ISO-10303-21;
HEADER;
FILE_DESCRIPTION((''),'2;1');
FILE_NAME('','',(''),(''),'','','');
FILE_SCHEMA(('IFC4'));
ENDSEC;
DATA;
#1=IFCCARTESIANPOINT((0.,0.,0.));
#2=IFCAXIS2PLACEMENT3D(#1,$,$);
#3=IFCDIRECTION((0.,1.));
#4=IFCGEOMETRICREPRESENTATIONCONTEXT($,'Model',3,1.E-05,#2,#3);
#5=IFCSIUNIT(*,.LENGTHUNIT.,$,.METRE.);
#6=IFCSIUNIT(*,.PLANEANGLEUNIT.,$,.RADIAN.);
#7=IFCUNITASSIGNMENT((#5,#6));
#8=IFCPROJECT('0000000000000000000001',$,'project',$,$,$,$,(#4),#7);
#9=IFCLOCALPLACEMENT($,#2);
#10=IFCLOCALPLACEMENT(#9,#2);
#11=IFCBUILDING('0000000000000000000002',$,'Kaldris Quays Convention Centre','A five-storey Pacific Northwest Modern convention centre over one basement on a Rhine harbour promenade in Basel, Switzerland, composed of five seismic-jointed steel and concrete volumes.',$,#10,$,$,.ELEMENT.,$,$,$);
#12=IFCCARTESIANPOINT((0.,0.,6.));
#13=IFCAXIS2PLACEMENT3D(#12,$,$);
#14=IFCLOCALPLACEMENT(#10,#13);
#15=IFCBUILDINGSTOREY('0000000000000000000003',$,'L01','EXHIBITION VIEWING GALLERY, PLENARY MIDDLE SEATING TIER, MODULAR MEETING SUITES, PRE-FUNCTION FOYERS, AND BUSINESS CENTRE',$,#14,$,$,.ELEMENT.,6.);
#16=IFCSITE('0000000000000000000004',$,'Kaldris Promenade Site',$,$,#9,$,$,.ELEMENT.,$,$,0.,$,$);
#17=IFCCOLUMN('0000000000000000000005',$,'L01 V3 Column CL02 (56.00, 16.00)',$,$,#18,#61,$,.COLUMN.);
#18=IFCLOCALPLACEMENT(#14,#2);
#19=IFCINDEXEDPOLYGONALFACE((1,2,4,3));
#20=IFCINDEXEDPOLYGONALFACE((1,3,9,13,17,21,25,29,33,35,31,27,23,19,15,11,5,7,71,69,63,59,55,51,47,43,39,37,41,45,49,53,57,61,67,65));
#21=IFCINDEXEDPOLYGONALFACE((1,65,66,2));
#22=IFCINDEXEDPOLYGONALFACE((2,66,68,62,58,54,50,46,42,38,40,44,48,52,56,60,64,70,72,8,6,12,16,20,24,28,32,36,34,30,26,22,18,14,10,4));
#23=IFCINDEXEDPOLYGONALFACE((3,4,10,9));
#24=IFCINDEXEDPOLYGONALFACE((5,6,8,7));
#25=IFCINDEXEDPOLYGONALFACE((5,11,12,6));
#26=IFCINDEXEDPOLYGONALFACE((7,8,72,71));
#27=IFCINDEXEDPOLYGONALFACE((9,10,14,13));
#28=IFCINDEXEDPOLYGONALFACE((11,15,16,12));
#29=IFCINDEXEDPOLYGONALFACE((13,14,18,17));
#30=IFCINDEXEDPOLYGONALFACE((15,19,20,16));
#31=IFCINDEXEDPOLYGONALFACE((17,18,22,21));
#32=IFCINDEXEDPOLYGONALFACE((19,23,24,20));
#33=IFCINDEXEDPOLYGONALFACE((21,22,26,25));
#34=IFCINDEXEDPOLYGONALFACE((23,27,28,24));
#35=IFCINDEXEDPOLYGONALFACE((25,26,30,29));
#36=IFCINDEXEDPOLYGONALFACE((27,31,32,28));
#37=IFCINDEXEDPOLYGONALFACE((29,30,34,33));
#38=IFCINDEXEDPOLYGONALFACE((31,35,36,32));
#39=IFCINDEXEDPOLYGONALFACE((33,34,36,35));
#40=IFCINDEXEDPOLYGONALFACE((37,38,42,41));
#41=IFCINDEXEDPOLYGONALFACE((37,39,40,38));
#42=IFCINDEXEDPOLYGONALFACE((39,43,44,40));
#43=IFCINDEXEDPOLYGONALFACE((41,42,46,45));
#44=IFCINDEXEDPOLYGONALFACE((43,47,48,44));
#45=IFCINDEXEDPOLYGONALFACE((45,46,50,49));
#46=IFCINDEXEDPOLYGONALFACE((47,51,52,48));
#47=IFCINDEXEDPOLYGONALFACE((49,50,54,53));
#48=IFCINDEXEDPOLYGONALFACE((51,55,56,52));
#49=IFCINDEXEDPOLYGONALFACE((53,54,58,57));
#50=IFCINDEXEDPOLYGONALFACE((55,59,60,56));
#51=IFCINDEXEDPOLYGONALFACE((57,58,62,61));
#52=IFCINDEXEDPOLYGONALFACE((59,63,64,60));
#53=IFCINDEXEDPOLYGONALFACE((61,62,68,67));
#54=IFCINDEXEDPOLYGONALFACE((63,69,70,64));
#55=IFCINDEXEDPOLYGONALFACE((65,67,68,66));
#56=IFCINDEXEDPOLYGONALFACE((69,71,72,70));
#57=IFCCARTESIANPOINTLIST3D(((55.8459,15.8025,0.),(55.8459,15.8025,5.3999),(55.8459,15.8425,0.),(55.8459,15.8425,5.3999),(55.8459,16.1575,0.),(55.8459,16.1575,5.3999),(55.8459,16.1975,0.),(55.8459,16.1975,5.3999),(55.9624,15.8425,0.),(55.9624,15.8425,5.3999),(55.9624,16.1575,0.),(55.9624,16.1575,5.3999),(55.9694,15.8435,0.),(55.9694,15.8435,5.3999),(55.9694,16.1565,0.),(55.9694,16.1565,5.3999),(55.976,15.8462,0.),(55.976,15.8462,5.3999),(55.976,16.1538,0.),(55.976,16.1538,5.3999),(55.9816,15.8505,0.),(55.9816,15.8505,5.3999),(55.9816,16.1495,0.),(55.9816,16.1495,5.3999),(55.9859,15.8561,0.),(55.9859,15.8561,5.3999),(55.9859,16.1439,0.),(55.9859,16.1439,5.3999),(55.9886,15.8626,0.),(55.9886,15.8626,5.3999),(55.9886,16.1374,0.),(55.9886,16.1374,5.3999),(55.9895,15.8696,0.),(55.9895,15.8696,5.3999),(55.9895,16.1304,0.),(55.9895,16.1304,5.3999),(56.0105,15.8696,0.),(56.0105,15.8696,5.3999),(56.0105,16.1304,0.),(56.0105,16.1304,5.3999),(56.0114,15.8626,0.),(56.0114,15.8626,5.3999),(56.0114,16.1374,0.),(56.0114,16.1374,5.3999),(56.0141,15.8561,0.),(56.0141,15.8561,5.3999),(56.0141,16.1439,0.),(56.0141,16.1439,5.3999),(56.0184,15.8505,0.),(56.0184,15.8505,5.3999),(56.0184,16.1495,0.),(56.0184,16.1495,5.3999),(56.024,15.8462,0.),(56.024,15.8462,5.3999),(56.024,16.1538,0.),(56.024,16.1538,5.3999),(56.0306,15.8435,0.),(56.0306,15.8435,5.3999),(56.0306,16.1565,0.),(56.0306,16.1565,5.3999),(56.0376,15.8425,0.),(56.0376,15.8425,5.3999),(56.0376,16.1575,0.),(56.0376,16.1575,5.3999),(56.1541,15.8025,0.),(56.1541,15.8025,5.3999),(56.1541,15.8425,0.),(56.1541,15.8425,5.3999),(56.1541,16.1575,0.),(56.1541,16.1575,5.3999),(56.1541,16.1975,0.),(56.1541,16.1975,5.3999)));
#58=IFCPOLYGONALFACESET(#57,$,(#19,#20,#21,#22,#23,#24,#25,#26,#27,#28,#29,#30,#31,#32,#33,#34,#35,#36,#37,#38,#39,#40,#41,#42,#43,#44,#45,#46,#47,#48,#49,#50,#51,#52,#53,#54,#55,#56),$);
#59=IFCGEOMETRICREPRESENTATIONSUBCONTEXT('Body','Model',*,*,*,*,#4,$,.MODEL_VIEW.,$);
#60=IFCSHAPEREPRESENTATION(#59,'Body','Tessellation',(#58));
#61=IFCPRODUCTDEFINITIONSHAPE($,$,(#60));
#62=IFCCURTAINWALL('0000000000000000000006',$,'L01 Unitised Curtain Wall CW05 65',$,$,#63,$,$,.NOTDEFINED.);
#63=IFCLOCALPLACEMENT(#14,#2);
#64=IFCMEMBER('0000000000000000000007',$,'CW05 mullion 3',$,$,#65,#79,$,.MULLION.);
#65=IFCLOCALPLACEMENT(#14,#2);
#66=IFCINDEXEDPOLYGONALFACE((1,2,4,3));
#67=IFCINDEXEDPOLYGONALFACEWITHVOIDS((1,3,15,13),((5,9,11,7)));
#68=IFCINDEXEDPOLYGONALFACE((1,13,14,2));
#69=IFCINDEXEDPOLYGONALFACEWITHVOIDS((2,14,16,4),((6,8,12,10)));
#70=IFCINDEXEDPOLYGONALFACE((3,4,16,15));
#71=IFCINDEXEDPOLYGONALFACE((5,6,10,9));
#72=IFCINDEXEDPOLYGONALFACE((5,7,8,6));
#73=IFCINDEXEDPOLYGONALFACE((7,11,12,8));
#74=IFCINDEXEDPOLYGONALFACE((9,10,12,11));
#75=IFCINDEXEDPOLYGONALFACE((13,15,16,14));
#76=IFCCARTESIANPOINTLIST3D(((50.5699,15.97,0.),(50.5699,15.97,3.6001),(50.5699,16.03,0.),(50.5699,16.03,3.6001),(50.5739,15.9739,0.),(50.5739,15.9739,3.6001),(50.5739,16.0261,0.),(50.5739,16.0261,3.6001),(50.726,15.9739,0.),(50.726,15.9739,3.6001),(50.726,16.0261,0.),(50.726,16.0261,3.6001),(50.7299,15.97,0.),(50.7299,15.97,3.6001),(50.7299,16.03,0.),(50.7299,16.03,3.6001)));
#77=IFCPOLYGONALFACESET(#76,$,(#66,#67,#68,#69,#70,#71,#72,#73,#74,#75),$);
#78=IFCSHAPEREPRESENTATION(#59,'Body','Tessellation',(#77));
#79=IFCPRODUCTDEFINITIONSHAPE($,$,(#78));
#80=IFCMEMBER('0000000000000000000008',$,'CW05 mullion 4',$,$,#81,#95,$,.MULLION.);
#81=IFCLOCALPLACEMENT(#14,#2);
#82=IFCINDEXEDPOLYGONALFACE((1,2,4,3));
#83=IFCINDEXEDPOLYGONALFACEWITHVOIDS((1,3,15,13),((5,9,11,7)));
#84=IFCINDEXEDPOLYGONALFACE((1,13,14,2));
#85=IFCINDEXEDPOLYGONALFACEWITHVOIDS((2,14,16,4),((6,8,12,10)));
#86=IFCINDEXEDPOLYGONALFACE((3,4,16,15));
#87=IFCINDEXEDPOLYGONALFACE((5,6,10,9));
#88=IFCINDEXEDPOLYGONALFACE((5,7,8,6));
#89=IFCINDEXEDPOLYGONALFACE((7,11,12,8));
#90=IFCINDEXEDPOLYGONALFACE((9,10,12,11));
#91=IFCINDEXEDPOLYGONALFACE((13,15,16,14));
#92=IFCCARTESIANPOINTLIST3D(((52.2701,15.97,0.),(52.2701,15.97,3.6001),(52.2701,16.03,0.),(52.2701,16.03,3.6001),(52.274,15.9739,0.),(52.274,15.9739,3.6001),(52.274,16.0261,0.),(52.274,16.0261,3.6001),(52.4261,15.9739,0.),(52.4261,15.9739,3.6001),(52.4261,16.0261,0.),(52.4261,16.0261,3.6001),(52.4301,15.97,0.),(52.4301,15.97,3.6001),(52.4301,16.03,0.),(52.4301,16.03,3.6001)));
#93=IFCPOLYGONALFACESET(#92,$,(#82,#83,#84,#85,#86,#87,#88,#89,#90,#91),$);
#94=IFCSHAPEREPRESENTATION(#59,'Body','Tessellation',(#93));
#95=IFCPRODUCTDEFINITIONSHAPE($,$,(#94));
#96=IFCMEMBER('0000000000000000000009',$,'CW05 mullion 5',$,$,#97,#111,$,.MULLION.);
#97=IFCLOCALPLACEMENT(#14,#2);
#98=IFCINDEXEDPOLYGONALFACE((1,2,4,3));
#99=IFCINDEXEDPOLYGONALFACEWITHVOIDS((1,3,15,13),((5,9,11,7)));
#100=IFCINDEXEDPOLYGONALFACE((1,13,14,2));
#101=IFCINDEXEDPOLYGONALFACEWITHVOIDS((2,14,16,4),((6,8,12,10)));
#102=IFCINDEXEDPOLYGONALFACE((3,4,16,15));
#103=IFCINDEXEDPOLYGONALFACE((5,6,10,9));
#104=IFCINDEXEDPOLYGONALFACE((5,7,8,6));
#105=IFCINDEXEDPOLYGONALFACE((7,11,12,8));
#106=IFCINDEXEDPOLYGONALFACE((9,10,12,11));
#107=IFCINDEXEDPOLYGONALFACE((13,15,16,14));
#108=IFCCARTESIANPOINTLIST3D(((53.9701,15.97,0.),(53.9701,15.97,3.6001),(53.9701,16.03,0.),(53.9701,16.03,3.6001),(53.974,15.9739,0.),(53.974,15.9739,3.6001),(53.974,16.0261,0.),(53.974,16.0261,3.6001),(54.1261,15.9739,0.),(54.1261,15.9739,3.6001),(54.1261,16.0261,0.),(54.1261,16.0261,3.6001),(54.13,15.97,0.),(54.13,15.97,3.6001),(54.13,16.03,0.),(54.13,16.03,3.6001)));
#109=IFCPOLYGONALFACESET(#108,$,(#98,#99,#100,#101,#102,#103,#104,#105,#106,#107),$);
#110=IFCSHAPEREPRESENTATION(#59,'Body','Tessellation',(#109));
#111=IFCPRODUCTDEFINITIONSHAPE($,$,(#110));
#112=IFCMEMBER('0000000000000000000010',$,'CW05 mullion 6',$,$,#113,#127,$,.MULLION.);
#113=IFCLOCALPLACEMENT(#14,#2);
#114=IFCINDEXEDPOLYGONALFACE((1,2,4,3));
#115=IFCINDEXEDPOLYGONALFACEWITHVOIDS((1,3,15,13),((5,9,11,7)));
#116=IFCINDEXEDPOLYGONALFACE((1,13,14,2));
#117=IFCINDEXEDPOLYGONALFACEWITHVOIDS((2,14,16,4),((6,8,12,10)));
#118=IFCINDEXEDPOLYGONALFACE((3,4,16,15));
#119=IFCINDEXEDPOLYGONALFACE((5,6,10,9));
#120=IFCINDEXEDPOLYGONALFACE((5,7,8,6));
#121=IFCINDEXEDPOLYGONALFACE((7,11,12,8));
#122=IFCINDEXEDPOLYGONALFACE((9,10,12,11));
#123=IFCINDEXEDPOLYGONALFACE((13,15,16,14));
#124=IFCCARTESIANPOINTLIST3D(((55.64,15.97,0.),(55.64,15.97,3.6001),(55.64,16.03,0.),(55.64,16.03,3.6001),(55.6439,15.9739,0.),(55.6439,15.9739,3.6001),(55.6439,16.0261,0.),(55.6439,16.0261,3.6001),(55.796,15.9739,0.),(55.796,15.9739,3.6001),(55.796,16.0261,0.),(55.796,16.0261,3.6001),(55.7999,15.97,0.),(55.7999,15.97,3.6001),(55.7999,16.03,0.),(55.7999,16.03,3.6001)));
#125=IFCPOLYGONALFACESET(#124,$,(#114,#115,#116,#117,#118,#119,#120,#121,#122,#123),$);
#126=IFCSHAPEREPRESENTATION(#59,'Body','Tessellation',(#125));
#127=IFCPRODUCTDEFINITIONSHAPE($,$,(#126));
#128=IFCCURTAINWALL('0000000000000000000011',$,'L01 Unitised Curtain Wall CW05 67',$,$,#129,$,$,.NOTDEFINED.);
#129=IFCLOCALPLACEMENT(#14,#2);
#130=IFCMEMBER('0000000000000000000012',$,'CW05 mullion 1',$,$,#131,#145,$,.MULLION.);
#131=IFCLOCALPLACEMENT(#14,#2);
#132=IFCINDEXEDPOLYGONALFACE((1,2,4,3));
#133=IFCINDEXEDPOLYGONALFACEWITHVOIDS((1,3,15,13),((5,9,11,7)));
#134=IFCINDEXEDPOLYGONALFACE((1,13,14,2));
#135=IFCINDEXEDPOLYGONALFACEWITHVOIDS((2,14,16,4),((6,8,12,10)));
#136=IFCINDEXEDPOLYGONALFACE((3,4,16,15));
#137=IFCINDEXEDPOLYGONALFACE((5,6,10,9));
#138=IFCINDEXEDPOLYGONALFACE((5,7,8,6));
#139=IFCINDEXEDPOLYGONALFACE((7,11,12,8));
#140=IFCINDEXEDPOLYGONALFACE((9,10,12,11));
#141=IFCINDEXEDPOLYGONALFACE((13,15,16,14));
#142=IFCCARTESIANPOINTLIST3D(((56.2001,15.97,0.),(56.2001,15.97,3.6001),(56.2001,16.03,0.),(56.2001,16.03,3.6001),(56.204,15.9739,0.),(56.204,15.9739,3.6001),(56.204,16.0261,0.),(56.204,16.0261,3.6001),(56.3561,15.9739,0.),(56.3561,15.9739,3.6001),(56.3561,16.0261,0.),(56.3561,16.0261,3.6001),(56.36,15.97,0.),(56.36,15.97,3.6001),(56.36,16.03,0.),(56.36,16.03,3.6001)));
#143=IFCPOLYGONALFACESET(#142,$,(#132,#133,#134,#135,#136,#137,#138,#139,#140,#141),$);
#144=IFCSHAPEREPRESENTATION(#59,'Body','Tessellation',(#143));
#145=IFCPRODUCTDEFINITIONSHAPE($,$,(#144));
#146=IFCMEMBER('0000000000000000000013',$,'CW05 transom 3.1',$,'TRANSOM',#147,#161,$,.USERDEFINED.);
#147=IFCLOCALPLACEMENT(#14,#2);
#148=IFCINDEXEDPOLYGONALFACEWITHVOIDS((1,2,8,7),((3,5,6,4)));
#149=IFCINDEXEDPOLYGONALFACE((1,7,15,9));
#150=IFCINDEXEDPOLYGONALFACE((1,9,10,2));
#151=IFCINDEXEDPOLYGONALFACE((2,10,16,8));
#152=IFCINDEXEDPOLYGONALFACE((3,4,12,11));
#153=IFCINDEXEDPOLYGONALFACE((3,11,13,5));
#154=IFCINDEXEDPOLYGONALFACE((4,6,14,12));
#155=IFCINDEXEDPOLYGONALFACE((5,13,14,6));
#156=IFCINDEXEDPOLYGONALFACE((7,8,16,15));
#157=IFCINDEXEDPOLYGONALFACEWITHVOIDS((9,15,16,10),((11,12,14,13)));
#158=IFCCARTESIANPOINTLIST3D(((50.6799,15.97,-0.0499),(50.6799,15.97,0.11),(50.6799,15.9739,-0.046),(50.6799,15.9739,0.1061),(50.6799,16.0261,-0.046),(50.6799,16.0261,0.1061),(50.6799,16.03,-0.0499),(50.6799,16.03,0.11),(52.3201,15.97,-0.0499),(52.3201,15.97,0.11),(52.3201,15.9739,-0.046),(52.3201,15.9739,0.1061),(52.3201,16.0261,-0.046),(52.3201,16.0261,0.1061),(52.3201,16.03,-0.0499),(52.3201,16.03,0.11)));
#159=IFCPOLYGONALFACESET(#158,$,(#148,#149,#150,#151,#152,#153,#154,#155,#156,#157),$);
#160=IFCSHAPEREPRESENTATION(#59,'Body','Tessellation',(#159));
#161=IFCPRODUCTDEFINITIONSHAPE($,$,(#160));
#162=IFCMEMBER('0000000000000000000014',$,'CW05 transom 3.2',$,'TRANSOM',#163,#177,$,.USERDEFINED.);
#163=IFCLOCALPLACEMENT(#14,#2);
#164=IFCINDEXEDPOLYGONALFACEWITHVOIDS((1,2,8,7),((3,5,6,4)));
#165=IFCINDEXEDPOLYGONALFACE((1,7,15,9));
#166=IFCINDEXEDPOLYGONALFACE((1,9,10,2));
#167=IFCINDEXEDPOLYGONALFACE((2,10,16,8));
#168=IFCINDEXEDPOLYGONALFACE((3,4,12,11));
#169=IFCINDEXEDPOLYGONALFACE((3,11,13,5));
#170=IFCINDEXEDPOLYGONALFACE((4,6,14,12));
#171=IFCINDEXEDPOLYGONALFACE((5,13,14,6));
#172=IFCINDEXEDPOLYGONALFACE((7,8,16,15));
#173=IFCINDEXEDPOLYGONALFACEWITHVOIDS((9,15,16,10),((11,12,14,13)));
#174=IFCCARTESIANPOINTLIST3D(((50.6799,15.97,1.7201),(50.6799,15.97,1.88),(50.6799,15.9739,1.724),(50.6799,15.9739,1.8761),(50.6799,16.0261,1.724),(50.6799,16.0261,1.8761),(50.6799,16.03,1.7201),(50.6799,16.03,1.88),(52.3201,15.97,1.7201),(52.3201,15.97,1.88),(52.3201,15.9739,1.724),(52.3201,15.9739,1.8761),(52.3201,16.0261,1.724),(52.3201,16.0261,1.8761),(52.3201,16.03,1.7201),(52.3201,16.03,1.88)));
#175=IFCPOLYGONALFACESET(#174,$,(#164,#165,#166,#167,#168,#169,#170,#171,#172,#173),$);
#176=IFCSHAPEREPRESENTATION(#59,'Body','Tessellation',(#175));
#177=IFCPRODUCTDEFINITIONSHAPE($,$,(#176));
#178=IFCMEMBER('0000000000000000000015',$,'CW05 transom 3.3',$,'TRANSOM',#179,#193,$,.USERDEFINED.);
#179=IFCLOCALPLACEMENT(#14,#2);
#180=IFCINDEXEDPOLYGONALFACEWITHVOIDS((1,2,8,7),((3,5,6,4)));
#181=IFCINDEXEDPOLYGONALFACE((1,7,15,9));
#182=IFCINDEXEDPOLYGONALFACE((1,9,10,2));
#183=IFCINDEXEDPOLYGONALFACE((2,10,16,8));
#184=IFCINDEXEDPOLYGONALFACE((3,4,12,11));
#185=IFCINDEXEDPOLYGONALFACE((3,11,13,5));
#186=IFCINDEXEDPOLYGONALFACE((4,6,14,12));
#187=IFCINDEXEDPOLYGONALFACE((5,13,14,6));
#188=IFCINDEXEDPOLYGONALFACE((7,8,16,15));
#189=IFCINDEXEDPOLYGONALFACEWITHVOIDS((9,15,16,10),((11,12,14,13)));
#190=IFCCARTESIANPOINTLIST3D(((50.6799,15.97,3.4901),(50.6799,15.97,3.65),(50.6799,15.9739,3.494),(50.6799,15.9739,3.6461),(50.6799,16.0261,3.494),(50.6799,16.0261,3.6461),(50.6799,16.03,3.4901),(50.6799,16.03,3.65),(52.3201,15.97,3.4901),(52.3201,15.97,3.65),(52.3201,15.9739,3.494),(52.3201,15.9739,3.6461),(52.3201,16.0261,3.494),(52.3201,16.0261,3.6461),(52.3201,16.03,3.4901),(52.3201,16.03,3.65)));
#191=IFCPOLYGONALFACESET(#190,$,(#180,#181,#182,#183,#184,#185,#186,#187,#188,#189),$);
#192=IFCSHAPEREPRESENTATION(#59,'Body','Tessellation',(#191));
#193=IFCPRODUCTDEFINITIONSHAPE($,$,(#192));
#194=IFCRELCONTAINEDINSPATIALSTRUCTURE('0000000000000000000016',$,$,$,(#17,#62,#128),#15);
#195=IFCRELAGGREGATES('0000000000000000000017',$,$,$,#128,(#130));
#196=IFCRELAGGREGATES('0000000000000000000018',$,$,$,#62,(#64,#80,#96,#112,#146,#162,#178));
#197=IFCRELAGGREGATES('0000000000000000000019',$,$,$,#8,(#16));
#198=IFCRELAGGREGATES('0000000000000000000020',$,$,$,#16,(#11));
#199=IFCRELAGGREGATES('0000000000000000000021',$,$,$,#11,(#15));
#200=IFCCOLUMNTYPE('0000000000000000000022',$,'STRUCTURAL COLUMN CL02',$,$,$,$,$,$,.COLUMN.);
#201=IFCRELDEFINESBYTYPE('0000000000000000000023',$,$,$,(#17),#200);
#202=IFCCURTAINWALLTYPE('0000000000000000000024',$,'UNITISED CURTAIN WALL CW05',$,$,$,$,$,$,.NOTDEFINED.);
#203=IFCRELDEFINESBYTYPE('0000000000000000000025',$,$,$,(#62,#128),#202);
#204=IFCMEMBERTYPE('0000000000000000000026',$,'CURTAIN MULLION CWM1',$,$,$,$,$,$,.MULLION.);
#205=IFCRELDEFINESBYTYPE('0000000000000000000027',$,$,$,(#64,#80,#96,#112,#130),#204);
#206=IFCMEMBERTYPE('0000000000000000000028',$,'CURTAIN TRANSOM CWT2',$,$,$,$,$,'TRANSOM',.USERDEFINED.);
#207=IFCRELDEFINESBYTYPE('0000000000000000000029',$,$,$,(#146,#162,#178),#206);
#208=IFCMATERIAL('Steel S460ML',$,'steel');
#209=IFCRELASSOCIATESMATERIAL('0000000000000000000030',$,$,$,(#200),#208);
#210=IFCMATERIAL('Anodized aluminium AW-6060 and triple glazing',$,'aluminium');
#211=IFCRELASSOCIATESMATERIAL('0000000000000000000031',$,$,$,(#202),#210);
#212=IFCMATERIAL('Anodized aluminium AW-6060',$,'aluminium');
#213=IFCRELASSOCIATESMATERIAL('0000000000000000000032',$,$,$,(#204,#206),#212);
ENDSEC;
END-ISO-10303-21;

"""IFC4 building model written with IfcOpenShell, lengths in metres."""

from ifc_helpers import new_model, si_unit, direction, frame, origin, origin_2d, place, context, subcontext, project, spatial, hollow_rectangle, i_section, extrude, material, material_profile, profile_set, type_object, element, aggregate, save


model = new_model("IFC4")

# Units and contexts
model_context = context("Model", 3, precision=1e-05, world=origin(), true_north=direction((0.0, 1.0)))
body_context = subcontext(model_context, "Body", "Model", "MODEL_VIEW")
ifc_project = project(units=[si_unit("LENGTHUNIT", "METRE"), si_unit("PLANEANGLEUNIT", "RADIAN")], contexts=[model_context])

# Site, building, storey
site_placement = place(None, origin())
site = spatial("IfcSite", under=ifc_project, at=site_placement, Name="Kaldris Promenade Site", CompositionType="ELEMENT", RefElevation=0.0)
building_placement = place(site_placement, origin())
building = spatial("IfcBuilding", under=site, at=building_placement, Name="Kaldris Quays Convention Centre", Description="A five-storey Pacific Northwest Modern convention centre over one basement on a Rhine harbour promenade in Basel, Switzerland, composed of five seismic-jointed steel and concrete volumes.", CompositionType="ELEMENT")
storey_placement = place(building_placement, frame((0.0, 0.0, 6.0)))
storey = spatial("IfcBuildingStorey", under=building, at=storey_placement, Name="L01", Description="EXHIBITION VIEWING GALLERY, PLENARY MIDDLE SEATING TIER, MODULAR MEETING SUITES, PRE-FUNCTION FOYERS, AND BUSINESS CENTRE", CompositionType="ELEMENT", Elevation=6.0)

# Column
ifc_material_1 = material(Name="Steel S460ML", Category="steel")
ifc_material_profile_1 = material_profile(ifc_material_1, i_section(OverallWidth=0.3081, OverallDepth=0.395, WebThickness=0.021, FlangeThickness=0.04, FilletRadius=0.0271, at=origin_2d()), Name="HEM 360")
ifc_profile_set_1 = profile_set([ifc_material_profile_1], Name="Steel S460ML")
column_type = type_object("IfcColumnType", Name="STRUCTURAL COLUMN CL02", PredefinedType="COLUMN", material=ifc_profile_set_1)
column_placement = place(storey_placement, frame((56.0, 16.0, 0.0), z_axis=(0.0, 0.0, 1.0), x_axis=(1.0, 0.0, 0.0)))
element("IfcColumn", 1, at=column_placement, inside=storey, type_object=column_type, Name="L01 V3 Column CL02 (56.00, 16.00)", PredefinedType="COLUMN", context=body_context, shape_type="SweptSolid", body=[
    extrude(i_section(OverallWidth=0.3081, OverallDepth=0.395, WebThickness=0.021, FlangeThickness=0.04, FilletRadius=0.0271, at=origin_2d()), origin(), (0.0, 0.0, 1.0), 5.3999),
])

# Curtain wall, members
ifc_material_2 = material(Name="Anodized aluminium AW-6060 and triple glazing", Category="aluminium")
curtain_wall_type = type_object("IfcCurtainWallType", Name="UNITISED CURTAIN WALL CW05", PredefinedType="NOTDEFINED", material=ifc_material_2)
curtain_wall_1_placement = place(storey_placement, origin())
curtain_wall_1 = element("IfcCurtainWall", 2, at=curtain_wall_1_placement, inside=storey, type_object=curtain_wall_type, Name="L01 Unitised Curtain Wall CW05 65", PredefinedType="NOTDEFINED")
ifc_material_3 = material(Name="Anodized aluminium AW-6060", Category="aluminium")
ifc_material_profile_2 = material_profile(ifc_material_3, hollow_rectangle(XDim=0.0601, YDim=0.1599, WallThickness=0.0039, at=origin_2d()), Name="RHS 160x60x4")
ifc_profile_set_2 = profile_set([ifc_material_profile_2], Name="Anodized aluminium AW-6060")
member_type_1 = type_object("IfcMemberType", Name="CURTAIN MULLION CWM1", PredefinedType="MULLION", material=ifc_profile_set_2)
member_1_placement = place(storey_placement, frame((50.6499, 16.0, 0.0), z_axis=(0.0, 0.0, 1.0), x_axis=(0.0, 1.0, 0.0)))
member_1 = element("IfcMember", 3, at=member_1_placement, type_object=member_type_1, Name="CW05 mullion 3", PredefinedType="MULLION", context=body_context, shape_type="SweptSolid", body=[
    extrude(hollow_rectangle(XDim=0.0601, YDim=0.1599, WallThickness=0.0039, at=origin_2d()), origin(), (0.0, 0.0, 1.0), 3.6001),
])
member_2_placement = place(storey_placement, frame((52.3501, 16.0, 0.0), z_axis=(0.0, 0.0, 1.0), x_axis=(0.0, 1.0, 0.0)))
member_2 = element("IfcMember", 4, at=member_2_placement, type_object=member_type_1, Name="CW05 mullion 4", PredefinedType="MULLION", context=body_context, shape_type="SweptSolid", body=[
    extrude(hollow_rectangle(XDim=0.0601, YDim=0.1599, WallThickness=0.0039, at=origin_2d()), origin(), (0.0, 0.0, 1.0), 3.6001),
])
member_3_placement = place(storey_placement, frame((54.05, 16.0, 0.0), z_axis=(0.0, 0.0, 1.0), x_axis=(0.0, 1.0, 0.0)))
member_3 = element("IfcMember", 5, at=member_3_placement, type_object=member_type_1, Name="CW05 mullion 5", PredefinedType="MULLION", context=body_context, shape_type="SweptSolid", body=[
    extrude(hollow_rectangle(XDim=0.0601, YDim=0.1599, WallThickness=0.0039, at=origin_2d()), origin(), (0.0, 0.0, 1.0), 3.6001),
])
member_4_placement = place(storey_placement, frame((55.72, 16.0, 0.0), z_axis=(0.0, 0.0, 1.0), x_axis=(0.0, 1.0, 0.0)))
member_4 = element("IfcMember", 6, at=member_4_placement, type_object=member_type_1, Name="CW05 mullion 6", PredefinedType="MULLION", context=body_context, shape_type="SweptSolid", body=[
    extrude(hollow_rectangle(XDim=0.0601, YDim=0.1599, WallThickness=0.0039, at=origin_2d()), origin(), (0.0, 0.0, 1.0), 3.6001),
])

# Curtain wall, member
curtain_wall_2_placement = place(storey_placement, origin())
curtain_wall_2 = element("IfcCurtainWall", 7, at=curtain_wall_2_placement, inside=storey, type_object=curtain_wall_type, Name="L01 Unitised Curtain Wall CW05 67", PredefinedType="NOTDEFINED")
member_5_placement = place(storey_placement, frame((56.28, 16.0, 0.0), z_axis=(0.0, 0.0, 1.0), x_axis=(0.0, 1.0, 0.0)))
member_5 = element("IfcMember", 8, at=member_5_placement, type_object=member_type_1, Name="CW05 mullion 1", PredefinedType="MULLION", context=body_context, shape_type="SweptSolid", body=[
    extrude(hollow_rectangle(XDim=0.0601, YDim=0.1599, WallThickness=0.0039, at=origin_2d()), origin(), (0.0, 0.0, 1.0), 3.6001),
])

# Members
ifc_material_profile_3 = material_profile(ifc_material_3, hollow_rectangle(XDim=0.0601, YDim=0.1599, WallThickness=0.0039, at=origin_2d()), Name="RHS 160x60x4")
ifc_profile_set_3 = profile_set([ifc_material_profile_3], Name="Anodized aluminium AW-6060")
member_type_2 = type_object("IfcMemberType", Name="CURTAIN TRANSOM CWT2", ElementType="TRANSOM", PredefinedType="USERDEFINED", material=ifc_profile_set_3)
member_6_placement = place(storey_placement, frame((50.6799, 16.0, 0.03), z_axis=(1.0, 0.0, 0.0), x_axis=(0.0, 1.0, 0.0)))
member_6 = element("IfcMember", 9, at=member_6_placement, type_object=member_type_2, Name="CW05 transom 3.1", ObjectType="TRANSOM", PredefinedType="USERDEFINED", context=body_context, shape_type="SweptSolid", body=[
    extrude(hollow_rectangle(XDim=0.0601, YDim=0.1599, WallThickness=0.0039, at=origin_2d()), origin(), (0.0, 0.0, 1.0), 1.6401),
])
member_7_placement = place(storey_placement, frame((50.6799, 16.0, 1.8), z_axis=(1.0, 0.0, 0.0), x_axis=(0.0, 1.0, 0.0)))
member_7 = element("IfcMember", 10, at=member_7_placement, type_object=member_type_2, Name="CW05 transom 3.2", ObjectType="TRANSOM", PredefinedType="USERDEFINED", context=body_context, shape_type="SweptSolid", body=[
    extrude(hollow_rectangle(XDim=0.0601, YDim=0.1599, WallThickness=0.0039, at=origin_2d()), origin(), (0.0, 0.0, 1.0), 1.6401),
])
member_8_placement = place(storey_placement, frame((50.6799, 16.0, 3.5701), z_axis=(1.0, 0.0, 0.0), x_axis=(0.0, 1.0, 0.0)))
member_8 = element("IfcMember", 11, at=member_8_placement, type_object=member_type_2, Name="CW05 transom 3.3", ObjectType="TRANSOM", PredefinedType="USERDEFINED", context=body_context, shape_type="SweptSolid", body=[
    extrude(hollow_rectangle(XDim=0.0601, YDim=0.1599, WallThickness=0.0039, at=origin_2d()), origin(), (0.0, 0.0, 1.0), 1.6401),
])
aggregate(curtain_wall_2, [member_5])

aggregate(curtain_wall_1, [member_1, member_2, member_3, member_4, member_6, member_7, member_8])

save(model, "model.ifc")
